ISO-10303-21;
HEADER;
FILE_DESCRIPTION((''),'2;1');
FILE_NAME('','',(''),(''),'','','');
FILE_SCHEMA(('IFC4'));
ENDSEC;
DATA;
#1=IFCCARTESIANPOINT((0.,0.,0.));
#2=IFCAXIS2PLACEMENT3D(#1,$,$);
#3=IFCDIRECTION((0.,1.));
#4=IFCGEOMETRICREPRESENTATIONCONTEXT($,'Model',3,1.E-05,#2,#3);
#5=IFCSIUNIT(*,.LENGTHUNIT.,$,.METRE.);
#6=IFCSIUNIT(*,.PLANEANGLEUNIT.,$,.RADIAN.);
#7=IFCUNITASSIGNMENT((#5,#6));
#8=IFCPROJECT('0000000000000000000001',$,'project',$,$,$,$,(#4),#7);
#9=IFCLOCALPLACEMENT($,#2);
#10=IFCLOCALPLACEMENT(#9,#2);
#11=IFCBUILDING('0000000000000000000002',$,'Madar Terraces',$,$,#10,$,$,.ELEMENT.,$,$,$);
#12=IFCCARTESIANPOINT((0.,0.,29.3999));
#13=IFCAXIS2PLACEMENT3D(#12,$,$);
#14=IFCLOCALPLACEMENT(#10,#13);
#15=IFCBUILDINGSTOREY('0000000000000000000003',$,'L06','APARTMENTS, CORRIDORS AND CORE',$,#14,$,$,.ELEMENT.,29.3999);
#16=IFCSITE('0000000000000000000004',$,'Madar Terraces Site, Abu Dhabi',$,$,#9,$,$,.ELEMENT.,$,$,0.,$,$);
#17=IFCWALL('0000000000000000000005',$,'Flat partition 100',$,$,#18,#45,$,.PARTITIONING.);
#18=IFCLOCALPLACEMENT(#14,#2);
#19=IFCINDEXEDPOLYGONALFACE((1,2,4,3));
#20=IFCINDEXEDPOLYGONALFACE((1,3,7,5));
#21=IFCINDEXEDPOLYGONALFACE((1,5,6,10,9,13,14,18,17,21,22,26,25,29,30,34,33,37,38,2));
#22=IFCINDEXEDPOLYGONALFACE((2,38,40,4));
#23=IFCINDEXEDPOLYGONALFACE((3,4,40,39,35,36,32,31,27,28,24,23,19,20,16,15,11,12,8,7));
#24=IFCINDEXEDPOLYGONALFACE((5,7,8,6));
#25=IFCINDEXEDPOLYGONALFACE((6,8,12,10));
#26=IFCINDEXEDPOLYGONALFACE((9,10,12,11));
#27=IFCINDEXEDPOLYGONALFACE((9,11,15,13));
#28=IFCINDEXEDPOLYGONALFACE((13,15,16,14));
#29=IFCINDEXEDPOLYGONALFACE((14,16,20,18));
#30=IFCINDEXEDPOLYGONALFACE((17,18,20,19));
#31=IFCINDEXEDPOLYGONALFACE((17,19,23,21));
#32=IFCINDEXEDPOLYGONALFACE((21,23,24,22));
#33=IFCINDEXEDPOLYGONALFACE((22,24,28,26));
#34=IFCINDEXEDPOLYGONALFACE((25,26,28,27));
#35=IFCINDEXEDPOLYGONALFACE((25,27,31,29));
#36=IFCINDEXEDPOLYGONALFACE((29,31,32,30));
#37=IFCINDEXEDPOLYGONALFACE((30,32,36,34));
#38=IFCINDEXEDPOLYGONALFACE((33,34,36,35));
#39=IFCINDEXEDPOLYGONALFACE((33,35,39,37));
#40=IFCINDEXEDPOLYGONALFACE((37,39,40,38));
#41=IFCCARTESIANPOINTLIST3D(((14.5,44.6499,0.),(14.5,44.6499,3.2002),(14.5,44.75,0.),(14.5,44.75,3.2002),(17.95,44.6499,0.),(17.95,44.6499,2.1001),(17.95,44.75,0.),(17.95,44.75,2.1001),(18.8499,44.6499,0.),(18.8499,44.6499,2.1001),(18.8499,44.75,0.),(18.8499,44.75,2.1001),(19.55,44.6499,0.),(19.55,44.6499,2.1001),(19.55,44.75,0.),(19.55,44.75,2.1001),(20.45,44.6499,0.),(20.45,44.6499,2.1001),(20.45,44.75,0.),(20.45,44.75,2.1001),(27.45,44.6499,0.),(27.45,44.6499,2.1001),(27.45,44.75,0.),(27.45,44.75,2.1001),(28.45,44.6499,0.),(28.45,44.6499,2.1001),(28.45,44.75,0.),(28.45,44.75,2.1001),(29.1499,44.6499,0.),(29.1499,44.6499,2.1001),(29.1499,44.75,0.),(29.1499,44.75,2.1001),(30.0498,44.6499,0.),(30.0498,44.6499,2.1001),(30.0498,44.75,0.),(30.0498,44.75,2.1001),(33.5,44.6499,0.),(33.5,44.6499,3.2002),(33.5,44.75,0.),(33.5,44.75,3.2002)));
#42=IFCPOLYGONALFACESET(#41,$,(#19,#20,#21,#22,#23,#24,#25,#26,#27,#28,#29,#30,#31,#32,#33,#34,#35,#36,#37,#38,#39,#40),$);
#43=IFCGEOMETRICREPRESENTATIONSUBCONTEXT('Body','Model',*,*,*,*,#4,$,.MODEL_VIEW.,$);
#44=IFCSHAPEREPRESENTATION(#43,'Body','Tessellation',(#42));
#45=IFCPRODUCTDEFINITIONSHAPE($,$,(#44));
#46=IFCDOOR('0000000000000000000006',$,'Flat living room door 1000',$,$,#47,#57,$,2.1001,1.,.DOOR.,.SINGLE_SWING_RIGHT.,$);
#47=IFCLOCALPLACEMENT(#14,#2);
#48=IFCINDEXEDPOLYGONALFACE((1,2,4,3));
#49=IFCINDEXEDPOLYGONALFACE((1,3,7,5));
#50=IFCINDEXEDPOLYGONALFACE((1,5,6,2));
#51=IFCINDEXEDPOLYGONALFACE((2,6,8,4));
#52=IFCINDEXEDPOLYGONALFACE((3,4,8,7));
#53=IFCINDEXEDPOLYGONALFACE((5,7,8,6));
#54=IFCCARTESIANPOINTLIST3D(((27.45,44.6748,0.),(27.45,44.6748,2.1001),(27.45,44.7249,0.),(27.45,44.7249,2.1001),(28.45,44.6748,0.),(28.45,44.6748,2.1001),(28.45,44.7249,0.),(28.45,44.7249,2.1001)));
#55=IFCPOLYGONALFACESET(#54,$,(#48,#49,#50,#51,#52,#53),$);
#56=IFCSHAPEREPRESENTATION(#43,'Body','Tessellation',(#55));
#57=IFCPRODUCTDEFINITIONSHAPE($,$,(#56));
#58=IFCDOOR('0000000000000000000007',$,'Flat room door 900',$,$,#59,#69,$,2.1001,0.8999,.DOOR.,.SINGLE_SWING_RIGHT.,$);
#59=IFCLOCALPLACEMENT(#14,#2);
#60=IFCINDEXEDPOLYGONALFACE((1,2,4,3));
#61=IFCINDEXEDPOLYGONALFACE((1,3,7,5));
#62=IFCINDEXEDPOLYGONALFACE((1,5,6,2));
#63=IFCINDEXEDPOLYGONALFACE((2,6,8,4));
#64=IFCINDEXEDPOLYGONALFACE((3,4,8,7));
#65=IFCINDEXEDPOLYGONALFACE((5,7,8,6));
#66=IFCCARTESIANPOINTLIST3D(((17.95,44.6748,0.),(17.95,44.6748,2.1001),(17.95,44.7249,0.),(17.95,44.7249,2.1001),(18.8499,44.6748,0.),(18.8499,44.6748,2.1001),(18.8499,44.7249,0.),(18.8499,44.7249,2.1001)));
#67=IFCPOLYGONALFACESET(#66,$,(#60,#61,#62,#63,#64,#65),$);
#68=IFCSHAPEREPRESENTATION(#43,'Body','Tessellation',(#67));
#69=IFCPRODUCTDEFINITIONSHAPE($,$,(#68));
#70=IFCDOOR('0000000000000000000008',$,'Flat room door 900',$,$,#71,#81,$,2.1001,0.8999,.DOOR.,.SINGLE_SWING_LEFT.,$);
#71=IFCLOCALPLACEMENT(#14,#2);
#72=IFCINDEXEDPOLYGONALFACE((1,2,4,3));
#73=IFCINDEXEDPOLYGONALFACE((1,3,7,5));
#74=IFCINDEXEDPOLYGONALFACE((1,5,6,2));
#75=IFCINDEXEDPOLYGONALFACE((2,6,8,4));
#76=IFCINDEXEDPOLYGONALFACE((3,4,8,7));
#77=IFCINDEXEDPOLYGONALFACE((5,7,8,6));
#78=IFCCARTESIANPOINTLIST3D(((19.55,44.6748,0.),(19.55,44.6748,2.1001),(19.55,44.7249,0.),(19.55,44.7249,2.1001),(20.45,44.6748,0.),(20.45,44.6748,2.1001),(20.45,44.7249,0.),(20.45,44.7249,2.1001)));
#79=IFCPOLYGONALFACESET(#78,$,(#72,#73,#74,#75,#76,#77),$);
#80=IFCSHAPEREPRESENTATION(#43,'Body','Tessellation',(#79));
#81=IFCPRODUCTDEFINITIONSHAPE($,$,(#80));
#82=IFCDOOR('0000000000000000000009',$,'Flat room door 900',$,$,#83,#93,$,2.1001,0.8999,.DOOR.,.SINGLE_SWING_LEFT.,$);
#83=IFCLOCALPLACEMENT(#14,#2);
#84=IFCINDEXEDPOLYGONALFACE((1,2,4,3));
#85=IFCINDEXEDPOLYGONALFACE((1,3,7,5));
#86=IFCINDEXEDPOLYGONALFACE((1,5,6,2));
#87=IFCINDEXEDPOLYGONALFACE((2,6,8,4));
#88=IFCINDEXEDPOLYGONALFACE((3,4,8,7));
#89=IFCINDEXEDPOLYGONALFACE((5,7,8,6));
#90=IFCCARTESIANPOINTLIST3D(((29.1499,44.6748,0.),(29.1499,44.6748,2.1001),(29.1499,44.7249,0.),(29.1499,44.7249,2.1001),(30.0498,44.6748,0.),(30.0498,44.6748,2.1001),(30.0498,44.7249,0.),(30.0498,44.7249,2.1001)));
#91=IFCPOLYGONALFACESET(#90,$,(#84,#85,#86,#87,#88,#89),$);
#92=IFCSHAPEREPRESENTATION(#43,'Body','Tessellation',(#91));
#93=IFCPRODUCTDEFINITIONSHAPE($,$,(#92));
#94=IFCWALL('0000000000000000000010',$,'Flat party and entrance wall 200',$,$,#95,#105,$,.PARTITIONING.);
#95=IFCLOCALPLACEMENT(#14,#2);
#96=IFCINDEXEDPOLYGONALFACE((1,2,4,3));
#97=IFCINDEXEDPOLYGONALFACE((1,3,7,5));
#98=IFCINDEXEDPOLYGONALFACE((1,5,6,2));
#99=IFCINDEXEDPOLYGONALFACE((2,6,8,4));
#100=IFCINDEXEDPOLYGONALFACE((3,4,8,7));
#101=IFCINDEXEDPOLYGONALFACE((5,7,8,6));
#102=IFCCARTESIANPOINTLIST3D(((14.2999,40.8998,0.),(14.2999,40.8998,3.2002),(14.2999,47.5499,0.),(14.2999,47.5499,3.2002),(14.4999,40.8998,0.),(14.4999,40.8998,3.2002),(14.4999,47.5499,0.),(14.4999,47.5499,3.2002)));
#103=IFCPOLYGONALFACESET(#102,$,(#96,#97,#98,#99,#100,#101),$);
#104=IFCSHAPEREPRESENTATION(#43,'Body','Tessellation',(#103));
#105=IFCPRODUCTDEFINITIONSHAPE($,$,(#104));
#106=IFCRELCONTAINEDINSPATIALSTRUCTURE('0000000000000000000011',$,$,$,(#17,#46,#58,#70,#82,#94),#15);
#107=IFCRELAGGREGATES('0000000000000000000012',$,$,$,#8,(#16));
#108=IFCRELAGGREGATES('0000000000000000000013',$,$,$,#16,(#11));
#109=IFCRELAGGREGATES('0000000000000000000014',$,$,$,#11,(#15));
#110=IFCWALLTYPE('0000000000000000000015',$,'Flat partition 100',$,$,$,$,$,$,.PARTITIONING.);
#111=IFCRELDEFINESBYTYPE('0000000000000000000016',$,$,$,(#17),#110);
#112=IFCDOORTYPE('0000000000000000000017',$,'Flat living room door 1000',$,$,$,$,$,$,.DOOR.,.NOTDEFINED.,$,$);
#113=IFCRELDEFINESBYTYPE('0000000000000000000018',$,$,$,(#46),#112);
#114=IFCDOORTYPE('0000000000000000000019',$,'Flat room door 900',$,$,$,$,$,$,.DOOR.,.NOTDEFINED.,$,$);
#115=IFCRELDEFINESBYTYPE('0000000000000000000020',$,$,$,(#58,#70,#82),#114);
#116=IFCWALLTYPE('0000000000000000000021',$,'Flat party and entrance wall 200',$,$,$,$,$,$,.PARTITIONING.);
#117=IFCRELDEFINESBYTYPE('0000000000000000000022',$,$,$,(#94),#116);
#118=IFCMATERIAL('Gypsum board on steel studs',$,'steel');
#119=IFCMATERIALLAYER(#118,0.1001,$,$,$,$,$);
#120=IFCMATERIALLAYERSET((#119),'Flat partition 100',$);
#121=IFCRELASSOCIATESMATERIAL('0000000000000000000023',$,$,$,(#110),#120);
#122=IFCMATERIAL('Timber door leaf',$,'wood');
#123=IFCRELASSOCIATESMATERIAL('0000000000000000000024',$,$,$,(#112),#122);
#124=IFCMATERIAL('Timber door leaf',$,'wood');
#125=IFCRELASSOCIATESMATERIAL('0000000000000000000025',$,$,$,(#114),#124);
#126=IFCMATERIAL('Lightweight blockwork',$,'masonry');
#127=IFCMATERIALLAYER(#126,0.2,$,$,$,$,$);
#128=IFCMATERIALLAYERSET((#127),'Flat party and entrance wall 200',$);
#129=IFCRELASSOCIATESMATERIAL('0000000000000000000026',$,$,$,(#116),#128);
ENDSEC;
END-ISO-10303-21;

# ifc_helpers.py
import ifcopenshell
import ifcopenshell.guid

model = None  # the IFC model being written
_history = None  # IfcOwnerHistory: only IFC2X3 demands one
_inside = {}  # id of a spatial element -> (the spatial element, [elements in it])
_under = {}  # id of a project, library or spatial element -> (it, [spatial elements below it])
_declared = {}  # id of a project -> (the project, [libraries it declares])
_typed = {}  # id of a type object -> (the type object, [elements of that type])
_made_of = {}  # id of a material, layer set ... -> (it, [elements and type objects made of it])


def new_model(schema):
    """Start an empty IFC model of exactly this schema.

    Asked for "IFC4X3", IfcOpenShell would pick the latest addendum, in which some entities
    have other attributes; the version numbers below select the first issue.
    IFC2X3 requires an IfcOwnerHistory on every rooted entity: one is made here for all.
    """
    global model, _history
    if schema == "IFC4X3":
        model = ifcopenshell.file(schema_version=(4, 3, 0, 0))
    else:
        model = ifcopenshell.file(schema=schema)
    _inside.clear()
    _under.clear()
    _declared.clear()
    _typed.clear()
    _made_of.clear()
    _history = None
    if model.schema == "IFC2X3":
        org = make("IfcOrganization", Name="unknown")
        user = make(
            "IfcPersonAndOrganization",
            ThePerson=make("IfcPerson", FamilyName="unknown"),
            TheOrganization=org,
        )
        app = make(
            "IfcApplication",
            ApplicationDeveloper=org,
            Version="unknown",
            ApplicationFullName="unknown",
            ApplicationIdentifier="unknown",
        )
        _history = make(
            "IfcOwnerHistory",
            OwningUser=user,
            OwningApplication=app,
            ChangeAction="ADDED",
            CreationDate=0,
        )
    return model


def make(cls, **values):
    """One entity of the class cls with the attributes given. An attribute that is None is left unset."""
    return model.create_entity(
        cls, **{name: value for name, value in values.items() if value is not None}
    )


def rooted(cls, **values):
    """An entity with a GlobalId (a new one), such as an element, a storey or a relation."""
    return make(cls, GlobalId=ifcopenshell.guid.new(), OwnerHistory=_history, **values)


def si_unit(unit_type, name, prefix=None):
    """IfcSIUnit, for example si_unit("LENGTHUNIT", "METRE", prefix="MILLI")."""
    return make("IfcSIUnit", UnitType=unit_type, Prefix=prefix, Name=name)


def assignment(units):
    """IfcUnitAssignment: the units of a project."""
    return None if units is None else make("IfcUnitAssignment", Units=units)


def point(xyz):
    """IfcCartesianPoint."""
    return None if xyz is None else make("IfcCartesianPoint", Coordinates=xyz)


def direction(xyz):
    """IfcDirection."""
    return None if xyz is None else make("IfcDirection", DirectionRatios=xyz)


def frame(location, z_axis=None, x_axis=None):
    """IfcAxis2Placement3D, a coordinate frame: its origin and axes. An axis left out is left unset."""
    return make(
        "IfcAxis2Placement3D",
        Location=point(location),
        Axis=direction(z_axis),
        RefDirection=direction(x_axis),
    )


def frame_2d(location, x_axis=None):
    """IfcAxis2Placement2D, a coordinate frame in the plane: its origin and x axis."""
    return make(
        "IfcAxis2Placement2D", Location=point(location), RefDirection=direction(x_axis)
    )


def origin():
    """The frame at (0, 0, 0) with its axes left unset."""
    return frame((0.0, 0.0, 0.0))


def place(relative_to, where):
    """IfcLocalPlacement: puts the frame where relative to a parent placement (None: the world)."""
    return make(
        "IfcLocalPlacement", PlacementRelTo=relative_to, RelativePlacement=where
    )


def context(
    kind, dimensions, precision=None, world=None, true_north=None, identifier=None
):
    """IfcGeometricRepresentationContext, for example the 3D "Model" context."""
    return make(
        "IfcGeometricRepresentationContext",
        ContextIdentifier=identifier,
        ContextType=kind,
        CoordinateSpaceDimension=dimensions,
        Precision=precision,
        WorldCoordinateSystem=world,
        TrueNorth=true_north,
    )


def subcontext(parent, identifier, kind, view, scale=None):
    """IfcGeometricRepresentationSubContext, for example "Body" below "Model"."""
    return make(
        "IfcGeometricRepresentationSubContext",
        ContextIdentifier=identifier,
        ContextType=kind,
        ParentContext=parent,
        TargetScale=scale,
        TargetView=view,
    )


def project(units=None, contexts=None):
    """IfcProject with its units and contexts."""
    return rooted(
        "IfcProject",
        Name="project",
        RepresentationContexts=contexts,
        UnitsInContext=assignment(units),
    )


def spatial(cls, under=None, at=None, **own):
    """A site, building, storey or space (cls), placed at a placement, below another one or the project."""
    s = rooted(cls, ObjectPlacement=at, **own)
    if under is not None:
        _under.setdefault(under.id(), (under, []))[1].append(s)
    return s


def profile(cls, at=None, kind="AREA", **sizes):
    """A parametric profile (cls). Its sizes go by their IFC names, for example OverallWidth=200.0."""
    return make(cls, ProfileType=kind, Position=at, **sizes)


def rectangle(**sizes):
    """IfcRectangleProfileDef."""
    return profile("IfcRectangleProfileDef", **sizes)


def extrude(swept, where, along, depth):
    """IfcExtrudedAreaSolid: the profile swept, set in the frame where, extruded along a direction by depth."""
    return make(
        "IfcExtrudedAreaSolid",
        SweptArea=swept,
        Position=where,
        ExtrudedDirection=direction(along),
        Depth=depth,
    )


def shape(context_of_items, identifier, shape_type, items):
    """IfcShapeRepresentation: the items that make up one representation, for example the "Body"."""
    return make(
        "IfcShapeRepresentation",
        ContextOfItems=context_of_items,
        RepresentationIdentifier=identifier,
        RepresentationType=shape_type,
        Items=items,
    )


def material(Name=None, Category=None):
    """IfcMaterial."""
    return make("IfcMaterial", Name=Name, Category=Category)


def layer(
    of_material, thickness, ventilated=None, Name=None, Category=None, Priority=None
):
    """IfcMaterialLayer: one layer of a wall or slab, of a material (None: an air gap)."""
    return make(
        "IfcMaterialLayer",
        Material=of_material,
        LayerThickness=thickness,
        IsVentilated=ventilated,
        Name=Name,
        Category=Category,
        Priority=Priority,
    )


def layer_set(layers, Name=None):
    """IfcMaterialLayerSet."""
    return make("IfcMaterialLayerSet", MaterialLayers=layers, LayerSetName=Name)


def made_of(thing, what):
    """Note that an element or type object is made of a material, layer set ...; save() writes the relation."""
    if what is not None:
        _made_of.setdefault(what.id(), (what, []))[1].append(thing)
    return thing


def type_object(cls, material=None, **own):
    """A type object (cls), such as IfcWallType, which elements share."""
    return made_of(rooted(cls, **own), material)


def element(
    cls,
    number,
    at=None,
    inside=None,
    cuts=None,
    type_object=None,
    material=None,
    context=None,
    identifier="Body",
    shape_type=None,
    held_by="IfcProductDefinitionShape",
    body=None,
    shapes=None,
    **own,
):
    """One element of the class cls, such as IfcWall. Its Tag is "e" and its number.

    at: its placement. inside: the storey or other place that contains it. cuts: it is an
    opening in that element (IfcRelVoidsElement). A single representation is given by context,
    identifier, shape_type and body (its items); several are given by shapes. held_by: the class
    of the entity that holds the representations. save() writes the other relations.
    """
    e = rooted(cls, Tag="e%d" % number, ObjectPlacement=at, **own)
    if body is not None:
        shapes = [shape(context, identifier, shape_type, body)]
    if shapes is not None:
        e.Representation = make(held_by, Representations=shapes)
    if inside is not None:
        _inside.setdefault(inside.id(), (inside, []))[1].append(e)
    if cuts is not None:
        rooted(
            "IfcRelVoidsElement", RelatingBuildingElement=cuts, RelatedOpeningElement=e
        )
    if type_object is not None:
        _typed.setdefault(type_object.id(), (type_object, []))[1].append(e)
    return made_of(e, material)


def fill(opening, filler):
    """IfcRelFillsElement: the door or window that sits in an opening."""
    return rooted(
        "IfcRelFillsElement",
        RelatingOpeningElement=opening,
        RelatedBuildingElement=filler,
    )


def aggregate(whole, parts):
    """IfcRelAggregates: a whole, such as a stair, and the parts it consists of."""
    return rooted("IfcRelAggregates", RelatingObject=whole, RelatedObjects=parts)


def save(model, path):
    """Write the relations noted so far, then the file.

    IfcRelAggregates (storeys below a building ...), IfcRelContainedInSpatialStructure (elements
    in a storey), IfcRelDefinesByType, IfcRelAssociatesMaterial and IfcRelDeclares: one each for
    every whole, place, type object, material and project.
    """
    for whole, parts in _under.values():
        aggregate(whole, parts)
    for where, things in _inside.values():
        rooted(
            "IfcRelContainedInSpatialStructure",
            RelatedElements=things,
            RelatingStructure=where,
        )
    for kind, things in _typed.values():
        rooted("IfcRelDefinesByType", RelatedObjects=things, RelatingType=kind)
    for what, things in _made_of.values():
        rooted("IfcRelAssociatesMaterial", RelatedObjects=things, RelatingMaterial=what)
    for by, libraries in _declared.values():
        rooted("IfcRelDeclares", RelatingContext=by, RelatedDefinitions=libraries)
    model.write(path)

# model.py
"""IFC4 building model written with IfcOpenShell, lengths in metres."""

from ifc_helpers import new_model, si_unit, direction, frame, frame_2d, origin, place, context, subcontext, project, spatial, rectangle, extrude, material, layer, layer_set, type_object, element, fill, save


model = new_model("IFC4")

# Units and contexts
model_context = context("Model", 3, precision=1e-05, world=origin(), true_north=direction((0.0, 1.0)))
body_context = subcontext(model_context, "Body", "Model", "MODEL_VIEW")
ifc_project = project(units=[si_unit("LENGTHUNIT", "METRE"), si_unit("PLANEANGLEUNIT", "RADIAN")], contexts=[model_context])

# Site, building, storey
site_placement = place(None, origin())
site = spatial("IfcSite", under=ifc_project, at=site_placement, Name="Madar Terraces Site, Abu Dhabi", CompositionType="ELEMENT", RefElevation=0.0)
building_placement = place(site_placement, origin())
building = spatial("IfcBuilding", under=site, at=building_placement, Name="Madar Terraces", CompositionType="ELEMENT")
storey_placement = place(building_placement, frame((0.0, 0.0, 29.3999)))
storey = spatial("IfcBuildingStorey", under=building, at=storey_placement, Name="L06", Description="APARTMENTS, CORRIDORS AND CORE", CompositionType="ELEMENT", Elevation=29.3999)

# Wall, openings, doors
ifc_material_1 = material(Name="Gypsum board on steel studs", Category="steel")
ifc_layer_1 = layer(ifc_material_1, 0.1001)
ifc_layer_set_1 = layer_set([ifc_layer_1], Name="Flat partition 100")
wall_type_1 = type_object("IfcWallType", Name="Flat partition 100", PredefinedType="PARTITIONING", material=ifc_layer_set_1)
wall_1_placement = place(storey_placement, frame((14.5, 44.7, 0.0), z_axis=(0.0, 0.0, 1.0), x_axis=(1.0, 0.0, 0.0)))
wall_1 = element("IfcWall", 1, at=wall_1_placement, inside=storey, type_object=wall_type_1, Name="Flat partition 100", PredefinedType="PARTITIONING", context=body_context, shape_type="SweptSolid", body=[
    extrude(rectangle(XDim=19.0, YDim=0.1001, at=frame_2d((9.5, 0.0))), origin(), (0.0, 0.0, 1.0), 3.2002),
])
opening_1_placement = place(wall_1_placement, frame((3.45, 0.0, 0.0)))
opening_1 = element("IfcOpeningElement", 2, at=opening_1_placement, cuts=wall_1, PredefinedType="OPENING", context=body_context, shape_type="SweptSolid", body=[
    extrude(rectangle(XDim=0.8999, YDim=2.1001, at=frame_2d((0.45, 1.05))), frame((0.0, 0.0601, 0.0), z_axis=(0.0, -1.0, 0.0), x_axis=(1.0, 0.0, 0.0)), (0.0, 0.0, 1.0), 0.1201),
])
opening_2_placement = place(wall_1_placement, frame((5.05, 0.0, 0.0)))
opening_2 = element("IfcOpeningElement", 3, at=opening_2_placement, cuts=wall_1, PredefinedType="OPENING", context=body_context, shape_type="SweptSolid", body=[
    extrude(rectangle(XDim=0.8999, YDim=2.1001, at=frame_2d((0.45, 1.05))), frame((0.0, 0.0601, 0.0), z_axis=(0.0, -1.0, 0.0), x_axis=(1.0, 0.0, 0.0)), (0.0, 0.0, 1.0), 0.1201),
])
opening_3_placement = place(wall_1_placement, frame((12.95, 0.0, 0.0)))
opening_3 = element("IfcOpeningElement", 4, at=opening_3_placement, cuts=wall_1, PredefinedType="OPENING", context=body_context, shape_type="SweptSolid", body=[
    extrude(rectangle(XDim=1.0, YDim=2.1001, at=frame_2d((0.5, 1.05))), frame((0.0, 0.0601, 0.0), z_axis=(0.0, -1.0, 0.0), x_axis=(1.0, 0.0, 0.0)), (0.0, 0.0, 1.0), 0.1201),
])
opening_4_placement = place(wall_1_placement, frame((14.6499, 0.0, 0.0)))
opening_4 = element("IfcOpeningElement", 5, at=opening_4_placement, cuts=wall_1, PredefinedType="OPENING", context=body_context, shape_type="SweptSolid", body=[
    extrude(rectangle(XDim=0.8999, YDim=2.1001, at=frame_2d((0.45, 1.05))), frame((0.0, 0.0601, 0.0), z_axis=(0.0, -1.0, 0.0), x_axis=(1.0, 0.0, 0.0)), (0.0, 0.0, 1.0), 0.1201),
])
ifc_material_2 = material(Name="Timber door leaf", Category="wood")
door_type_1 = type_object("IfcDoorType", Name="Flat living room door 1000", OperationType="NOTDEFINED", PredefinedType="DOOR", material=ifc_material_2)
door_1_placement = place(opening_3_placement, origin())
door_1 = element("IfcDoor", 6, at=door_1_placement, inside=storey, type_object=door_type_1, Name="Flat living room door 1000", OperationType="SINGLE_SWING_RIGHT", OverallHeight=2.1001, OverallWidth=1.0, PredefinedType="DOOR", context=body_context, shape_type="SweptSolid", body=[
    extrude(rectangle(XDim=1.0, YDim=2.1001, at=frame_2d((0.5, 1.05))), frame((0.0, 0.0249, 0.0), z_axis=(0.0, -1.0, 0.0), x_axis=(1.0, 0.0, 0.0)), (0.0, 0.0, 1.0), 0.05),
])
fill(opening_3, door_1)
ifc_material_3 = material(Name="Timber door leaf", Category="wood")
door_type_2 = type_object("IfcDoorType", Name="Flat room door 900", OperationType="NOTDEFINED", PredefinedType="DOOR", material=ifc_material_3)
door_2_placement = place(opening_1_placement, origin())
door_2 = element("IfcDoor", 7, at=door_2_placement, inside=storey, type_object=door_type_2, Name="Flat room door 900", OperationType="SINGLE_SWING_RIGHT", OverallHeight=2.1001, OverallWidth=0.8999, PredefinedType="DOOR", context=body_context, shape_type="SweptSolid", body=[
    extrude(rectangle(XDim=0.8999, YDim=2.1001, at=frame_2d((0.45, 1.05))), frame((0.0, 0.0249, 0.0), z_axis=(0.0, -1.0, 0.0), x_axis=(1.0, 0.0, 0.0)), (0.0, 0.0, 1.0), 0.05),
])
fill(opening_1, door_2)
door_3_placement = place(opening_2_placement, origin())
door_3 = element("IfcDoor", 8, at=door_3_placement, inside=storey, type_object=door_type_2, Name="Flat room door 900", OperationType="SINGLE_SWING_LEFT", OverallHeight=2.1001, OverallWidth=0.8999, PredefinedType="DOOR", context=body_context, shape_type="SweptSolid", body=[
    extrude(rectangle(XDim=0.8999, YDim=2.1001, at=frame_2d((0.45, 1.05))), frame((0.0, 0.0249, 0.0), z_axis=(0.0, -1.0, 0.0), x_axis=(1.0, 0.0, 0.0)), (0.0, 0.0, 1.0), 0.05),
])
fill(opening_2, door_3)
door_4_placement = place(opening_4_placement, origin())
door_4 = element("IfcDoor", 9, at=door_4_placement, inside=storey, type_object=door_type_2, Name="Flat room door 900", OperationType="SINGLE_SWING_LEFT", OverallHeight=2.1001, OverallWidth=0.8999, PredefinedType="DOOR", context=body_context, shape_type="SweptSolid", body=[
    extrude(rectangle(XDim=0.8999, YDim=2.1001, at=frame_2d((0.45, 1.05))), frame((0.0, 0.0249, 0.0), z_axis=(0.0, -1.0, 0.0), x_axis=(1.0, 0.0, 0.0)), (0.0, 0.0, 1.0), 0.05),
])
fill(opening_4, door_4)

# Wall
ifc_material_4 = material(Name="Lightweight blockwork", Category="masonry")
ifc_layer_2 = layer(ifc_material_4, 0.2)
ifc_layer_set_2 = layer_set([ifc_layer_2], Name="Flat party and entrance wall 200")
wall_type_2 = type_object("IfcWallType", Name="Flat party and entrance wall 200", PredefinedType="PARTITIONING", material=ifc_layer_set_2)
wall_2_placement = place(storey_placement, frame((14.3999, 47.55, 0.0), z_axis=(0.0, 0.0, 1.0), x_axis=(0.0, -1.0, 0.0)))
element("IfcWall", 10, at=wall_2_placement, inside=storey, type_object=wall_type_2, Name="Flat party and entrance wall 200", PredefinedType="PARTITIONING", context=body_context, shape_type="SweptSolid", body=[
    extrude(rectangle(XDim=6.6501, YDim=0.2, at=frame_2d((3.3252, 0.0))), origin(), (0.0, 0.0, 1.0), 3.2002),
])

save(model, "model.ifc")
